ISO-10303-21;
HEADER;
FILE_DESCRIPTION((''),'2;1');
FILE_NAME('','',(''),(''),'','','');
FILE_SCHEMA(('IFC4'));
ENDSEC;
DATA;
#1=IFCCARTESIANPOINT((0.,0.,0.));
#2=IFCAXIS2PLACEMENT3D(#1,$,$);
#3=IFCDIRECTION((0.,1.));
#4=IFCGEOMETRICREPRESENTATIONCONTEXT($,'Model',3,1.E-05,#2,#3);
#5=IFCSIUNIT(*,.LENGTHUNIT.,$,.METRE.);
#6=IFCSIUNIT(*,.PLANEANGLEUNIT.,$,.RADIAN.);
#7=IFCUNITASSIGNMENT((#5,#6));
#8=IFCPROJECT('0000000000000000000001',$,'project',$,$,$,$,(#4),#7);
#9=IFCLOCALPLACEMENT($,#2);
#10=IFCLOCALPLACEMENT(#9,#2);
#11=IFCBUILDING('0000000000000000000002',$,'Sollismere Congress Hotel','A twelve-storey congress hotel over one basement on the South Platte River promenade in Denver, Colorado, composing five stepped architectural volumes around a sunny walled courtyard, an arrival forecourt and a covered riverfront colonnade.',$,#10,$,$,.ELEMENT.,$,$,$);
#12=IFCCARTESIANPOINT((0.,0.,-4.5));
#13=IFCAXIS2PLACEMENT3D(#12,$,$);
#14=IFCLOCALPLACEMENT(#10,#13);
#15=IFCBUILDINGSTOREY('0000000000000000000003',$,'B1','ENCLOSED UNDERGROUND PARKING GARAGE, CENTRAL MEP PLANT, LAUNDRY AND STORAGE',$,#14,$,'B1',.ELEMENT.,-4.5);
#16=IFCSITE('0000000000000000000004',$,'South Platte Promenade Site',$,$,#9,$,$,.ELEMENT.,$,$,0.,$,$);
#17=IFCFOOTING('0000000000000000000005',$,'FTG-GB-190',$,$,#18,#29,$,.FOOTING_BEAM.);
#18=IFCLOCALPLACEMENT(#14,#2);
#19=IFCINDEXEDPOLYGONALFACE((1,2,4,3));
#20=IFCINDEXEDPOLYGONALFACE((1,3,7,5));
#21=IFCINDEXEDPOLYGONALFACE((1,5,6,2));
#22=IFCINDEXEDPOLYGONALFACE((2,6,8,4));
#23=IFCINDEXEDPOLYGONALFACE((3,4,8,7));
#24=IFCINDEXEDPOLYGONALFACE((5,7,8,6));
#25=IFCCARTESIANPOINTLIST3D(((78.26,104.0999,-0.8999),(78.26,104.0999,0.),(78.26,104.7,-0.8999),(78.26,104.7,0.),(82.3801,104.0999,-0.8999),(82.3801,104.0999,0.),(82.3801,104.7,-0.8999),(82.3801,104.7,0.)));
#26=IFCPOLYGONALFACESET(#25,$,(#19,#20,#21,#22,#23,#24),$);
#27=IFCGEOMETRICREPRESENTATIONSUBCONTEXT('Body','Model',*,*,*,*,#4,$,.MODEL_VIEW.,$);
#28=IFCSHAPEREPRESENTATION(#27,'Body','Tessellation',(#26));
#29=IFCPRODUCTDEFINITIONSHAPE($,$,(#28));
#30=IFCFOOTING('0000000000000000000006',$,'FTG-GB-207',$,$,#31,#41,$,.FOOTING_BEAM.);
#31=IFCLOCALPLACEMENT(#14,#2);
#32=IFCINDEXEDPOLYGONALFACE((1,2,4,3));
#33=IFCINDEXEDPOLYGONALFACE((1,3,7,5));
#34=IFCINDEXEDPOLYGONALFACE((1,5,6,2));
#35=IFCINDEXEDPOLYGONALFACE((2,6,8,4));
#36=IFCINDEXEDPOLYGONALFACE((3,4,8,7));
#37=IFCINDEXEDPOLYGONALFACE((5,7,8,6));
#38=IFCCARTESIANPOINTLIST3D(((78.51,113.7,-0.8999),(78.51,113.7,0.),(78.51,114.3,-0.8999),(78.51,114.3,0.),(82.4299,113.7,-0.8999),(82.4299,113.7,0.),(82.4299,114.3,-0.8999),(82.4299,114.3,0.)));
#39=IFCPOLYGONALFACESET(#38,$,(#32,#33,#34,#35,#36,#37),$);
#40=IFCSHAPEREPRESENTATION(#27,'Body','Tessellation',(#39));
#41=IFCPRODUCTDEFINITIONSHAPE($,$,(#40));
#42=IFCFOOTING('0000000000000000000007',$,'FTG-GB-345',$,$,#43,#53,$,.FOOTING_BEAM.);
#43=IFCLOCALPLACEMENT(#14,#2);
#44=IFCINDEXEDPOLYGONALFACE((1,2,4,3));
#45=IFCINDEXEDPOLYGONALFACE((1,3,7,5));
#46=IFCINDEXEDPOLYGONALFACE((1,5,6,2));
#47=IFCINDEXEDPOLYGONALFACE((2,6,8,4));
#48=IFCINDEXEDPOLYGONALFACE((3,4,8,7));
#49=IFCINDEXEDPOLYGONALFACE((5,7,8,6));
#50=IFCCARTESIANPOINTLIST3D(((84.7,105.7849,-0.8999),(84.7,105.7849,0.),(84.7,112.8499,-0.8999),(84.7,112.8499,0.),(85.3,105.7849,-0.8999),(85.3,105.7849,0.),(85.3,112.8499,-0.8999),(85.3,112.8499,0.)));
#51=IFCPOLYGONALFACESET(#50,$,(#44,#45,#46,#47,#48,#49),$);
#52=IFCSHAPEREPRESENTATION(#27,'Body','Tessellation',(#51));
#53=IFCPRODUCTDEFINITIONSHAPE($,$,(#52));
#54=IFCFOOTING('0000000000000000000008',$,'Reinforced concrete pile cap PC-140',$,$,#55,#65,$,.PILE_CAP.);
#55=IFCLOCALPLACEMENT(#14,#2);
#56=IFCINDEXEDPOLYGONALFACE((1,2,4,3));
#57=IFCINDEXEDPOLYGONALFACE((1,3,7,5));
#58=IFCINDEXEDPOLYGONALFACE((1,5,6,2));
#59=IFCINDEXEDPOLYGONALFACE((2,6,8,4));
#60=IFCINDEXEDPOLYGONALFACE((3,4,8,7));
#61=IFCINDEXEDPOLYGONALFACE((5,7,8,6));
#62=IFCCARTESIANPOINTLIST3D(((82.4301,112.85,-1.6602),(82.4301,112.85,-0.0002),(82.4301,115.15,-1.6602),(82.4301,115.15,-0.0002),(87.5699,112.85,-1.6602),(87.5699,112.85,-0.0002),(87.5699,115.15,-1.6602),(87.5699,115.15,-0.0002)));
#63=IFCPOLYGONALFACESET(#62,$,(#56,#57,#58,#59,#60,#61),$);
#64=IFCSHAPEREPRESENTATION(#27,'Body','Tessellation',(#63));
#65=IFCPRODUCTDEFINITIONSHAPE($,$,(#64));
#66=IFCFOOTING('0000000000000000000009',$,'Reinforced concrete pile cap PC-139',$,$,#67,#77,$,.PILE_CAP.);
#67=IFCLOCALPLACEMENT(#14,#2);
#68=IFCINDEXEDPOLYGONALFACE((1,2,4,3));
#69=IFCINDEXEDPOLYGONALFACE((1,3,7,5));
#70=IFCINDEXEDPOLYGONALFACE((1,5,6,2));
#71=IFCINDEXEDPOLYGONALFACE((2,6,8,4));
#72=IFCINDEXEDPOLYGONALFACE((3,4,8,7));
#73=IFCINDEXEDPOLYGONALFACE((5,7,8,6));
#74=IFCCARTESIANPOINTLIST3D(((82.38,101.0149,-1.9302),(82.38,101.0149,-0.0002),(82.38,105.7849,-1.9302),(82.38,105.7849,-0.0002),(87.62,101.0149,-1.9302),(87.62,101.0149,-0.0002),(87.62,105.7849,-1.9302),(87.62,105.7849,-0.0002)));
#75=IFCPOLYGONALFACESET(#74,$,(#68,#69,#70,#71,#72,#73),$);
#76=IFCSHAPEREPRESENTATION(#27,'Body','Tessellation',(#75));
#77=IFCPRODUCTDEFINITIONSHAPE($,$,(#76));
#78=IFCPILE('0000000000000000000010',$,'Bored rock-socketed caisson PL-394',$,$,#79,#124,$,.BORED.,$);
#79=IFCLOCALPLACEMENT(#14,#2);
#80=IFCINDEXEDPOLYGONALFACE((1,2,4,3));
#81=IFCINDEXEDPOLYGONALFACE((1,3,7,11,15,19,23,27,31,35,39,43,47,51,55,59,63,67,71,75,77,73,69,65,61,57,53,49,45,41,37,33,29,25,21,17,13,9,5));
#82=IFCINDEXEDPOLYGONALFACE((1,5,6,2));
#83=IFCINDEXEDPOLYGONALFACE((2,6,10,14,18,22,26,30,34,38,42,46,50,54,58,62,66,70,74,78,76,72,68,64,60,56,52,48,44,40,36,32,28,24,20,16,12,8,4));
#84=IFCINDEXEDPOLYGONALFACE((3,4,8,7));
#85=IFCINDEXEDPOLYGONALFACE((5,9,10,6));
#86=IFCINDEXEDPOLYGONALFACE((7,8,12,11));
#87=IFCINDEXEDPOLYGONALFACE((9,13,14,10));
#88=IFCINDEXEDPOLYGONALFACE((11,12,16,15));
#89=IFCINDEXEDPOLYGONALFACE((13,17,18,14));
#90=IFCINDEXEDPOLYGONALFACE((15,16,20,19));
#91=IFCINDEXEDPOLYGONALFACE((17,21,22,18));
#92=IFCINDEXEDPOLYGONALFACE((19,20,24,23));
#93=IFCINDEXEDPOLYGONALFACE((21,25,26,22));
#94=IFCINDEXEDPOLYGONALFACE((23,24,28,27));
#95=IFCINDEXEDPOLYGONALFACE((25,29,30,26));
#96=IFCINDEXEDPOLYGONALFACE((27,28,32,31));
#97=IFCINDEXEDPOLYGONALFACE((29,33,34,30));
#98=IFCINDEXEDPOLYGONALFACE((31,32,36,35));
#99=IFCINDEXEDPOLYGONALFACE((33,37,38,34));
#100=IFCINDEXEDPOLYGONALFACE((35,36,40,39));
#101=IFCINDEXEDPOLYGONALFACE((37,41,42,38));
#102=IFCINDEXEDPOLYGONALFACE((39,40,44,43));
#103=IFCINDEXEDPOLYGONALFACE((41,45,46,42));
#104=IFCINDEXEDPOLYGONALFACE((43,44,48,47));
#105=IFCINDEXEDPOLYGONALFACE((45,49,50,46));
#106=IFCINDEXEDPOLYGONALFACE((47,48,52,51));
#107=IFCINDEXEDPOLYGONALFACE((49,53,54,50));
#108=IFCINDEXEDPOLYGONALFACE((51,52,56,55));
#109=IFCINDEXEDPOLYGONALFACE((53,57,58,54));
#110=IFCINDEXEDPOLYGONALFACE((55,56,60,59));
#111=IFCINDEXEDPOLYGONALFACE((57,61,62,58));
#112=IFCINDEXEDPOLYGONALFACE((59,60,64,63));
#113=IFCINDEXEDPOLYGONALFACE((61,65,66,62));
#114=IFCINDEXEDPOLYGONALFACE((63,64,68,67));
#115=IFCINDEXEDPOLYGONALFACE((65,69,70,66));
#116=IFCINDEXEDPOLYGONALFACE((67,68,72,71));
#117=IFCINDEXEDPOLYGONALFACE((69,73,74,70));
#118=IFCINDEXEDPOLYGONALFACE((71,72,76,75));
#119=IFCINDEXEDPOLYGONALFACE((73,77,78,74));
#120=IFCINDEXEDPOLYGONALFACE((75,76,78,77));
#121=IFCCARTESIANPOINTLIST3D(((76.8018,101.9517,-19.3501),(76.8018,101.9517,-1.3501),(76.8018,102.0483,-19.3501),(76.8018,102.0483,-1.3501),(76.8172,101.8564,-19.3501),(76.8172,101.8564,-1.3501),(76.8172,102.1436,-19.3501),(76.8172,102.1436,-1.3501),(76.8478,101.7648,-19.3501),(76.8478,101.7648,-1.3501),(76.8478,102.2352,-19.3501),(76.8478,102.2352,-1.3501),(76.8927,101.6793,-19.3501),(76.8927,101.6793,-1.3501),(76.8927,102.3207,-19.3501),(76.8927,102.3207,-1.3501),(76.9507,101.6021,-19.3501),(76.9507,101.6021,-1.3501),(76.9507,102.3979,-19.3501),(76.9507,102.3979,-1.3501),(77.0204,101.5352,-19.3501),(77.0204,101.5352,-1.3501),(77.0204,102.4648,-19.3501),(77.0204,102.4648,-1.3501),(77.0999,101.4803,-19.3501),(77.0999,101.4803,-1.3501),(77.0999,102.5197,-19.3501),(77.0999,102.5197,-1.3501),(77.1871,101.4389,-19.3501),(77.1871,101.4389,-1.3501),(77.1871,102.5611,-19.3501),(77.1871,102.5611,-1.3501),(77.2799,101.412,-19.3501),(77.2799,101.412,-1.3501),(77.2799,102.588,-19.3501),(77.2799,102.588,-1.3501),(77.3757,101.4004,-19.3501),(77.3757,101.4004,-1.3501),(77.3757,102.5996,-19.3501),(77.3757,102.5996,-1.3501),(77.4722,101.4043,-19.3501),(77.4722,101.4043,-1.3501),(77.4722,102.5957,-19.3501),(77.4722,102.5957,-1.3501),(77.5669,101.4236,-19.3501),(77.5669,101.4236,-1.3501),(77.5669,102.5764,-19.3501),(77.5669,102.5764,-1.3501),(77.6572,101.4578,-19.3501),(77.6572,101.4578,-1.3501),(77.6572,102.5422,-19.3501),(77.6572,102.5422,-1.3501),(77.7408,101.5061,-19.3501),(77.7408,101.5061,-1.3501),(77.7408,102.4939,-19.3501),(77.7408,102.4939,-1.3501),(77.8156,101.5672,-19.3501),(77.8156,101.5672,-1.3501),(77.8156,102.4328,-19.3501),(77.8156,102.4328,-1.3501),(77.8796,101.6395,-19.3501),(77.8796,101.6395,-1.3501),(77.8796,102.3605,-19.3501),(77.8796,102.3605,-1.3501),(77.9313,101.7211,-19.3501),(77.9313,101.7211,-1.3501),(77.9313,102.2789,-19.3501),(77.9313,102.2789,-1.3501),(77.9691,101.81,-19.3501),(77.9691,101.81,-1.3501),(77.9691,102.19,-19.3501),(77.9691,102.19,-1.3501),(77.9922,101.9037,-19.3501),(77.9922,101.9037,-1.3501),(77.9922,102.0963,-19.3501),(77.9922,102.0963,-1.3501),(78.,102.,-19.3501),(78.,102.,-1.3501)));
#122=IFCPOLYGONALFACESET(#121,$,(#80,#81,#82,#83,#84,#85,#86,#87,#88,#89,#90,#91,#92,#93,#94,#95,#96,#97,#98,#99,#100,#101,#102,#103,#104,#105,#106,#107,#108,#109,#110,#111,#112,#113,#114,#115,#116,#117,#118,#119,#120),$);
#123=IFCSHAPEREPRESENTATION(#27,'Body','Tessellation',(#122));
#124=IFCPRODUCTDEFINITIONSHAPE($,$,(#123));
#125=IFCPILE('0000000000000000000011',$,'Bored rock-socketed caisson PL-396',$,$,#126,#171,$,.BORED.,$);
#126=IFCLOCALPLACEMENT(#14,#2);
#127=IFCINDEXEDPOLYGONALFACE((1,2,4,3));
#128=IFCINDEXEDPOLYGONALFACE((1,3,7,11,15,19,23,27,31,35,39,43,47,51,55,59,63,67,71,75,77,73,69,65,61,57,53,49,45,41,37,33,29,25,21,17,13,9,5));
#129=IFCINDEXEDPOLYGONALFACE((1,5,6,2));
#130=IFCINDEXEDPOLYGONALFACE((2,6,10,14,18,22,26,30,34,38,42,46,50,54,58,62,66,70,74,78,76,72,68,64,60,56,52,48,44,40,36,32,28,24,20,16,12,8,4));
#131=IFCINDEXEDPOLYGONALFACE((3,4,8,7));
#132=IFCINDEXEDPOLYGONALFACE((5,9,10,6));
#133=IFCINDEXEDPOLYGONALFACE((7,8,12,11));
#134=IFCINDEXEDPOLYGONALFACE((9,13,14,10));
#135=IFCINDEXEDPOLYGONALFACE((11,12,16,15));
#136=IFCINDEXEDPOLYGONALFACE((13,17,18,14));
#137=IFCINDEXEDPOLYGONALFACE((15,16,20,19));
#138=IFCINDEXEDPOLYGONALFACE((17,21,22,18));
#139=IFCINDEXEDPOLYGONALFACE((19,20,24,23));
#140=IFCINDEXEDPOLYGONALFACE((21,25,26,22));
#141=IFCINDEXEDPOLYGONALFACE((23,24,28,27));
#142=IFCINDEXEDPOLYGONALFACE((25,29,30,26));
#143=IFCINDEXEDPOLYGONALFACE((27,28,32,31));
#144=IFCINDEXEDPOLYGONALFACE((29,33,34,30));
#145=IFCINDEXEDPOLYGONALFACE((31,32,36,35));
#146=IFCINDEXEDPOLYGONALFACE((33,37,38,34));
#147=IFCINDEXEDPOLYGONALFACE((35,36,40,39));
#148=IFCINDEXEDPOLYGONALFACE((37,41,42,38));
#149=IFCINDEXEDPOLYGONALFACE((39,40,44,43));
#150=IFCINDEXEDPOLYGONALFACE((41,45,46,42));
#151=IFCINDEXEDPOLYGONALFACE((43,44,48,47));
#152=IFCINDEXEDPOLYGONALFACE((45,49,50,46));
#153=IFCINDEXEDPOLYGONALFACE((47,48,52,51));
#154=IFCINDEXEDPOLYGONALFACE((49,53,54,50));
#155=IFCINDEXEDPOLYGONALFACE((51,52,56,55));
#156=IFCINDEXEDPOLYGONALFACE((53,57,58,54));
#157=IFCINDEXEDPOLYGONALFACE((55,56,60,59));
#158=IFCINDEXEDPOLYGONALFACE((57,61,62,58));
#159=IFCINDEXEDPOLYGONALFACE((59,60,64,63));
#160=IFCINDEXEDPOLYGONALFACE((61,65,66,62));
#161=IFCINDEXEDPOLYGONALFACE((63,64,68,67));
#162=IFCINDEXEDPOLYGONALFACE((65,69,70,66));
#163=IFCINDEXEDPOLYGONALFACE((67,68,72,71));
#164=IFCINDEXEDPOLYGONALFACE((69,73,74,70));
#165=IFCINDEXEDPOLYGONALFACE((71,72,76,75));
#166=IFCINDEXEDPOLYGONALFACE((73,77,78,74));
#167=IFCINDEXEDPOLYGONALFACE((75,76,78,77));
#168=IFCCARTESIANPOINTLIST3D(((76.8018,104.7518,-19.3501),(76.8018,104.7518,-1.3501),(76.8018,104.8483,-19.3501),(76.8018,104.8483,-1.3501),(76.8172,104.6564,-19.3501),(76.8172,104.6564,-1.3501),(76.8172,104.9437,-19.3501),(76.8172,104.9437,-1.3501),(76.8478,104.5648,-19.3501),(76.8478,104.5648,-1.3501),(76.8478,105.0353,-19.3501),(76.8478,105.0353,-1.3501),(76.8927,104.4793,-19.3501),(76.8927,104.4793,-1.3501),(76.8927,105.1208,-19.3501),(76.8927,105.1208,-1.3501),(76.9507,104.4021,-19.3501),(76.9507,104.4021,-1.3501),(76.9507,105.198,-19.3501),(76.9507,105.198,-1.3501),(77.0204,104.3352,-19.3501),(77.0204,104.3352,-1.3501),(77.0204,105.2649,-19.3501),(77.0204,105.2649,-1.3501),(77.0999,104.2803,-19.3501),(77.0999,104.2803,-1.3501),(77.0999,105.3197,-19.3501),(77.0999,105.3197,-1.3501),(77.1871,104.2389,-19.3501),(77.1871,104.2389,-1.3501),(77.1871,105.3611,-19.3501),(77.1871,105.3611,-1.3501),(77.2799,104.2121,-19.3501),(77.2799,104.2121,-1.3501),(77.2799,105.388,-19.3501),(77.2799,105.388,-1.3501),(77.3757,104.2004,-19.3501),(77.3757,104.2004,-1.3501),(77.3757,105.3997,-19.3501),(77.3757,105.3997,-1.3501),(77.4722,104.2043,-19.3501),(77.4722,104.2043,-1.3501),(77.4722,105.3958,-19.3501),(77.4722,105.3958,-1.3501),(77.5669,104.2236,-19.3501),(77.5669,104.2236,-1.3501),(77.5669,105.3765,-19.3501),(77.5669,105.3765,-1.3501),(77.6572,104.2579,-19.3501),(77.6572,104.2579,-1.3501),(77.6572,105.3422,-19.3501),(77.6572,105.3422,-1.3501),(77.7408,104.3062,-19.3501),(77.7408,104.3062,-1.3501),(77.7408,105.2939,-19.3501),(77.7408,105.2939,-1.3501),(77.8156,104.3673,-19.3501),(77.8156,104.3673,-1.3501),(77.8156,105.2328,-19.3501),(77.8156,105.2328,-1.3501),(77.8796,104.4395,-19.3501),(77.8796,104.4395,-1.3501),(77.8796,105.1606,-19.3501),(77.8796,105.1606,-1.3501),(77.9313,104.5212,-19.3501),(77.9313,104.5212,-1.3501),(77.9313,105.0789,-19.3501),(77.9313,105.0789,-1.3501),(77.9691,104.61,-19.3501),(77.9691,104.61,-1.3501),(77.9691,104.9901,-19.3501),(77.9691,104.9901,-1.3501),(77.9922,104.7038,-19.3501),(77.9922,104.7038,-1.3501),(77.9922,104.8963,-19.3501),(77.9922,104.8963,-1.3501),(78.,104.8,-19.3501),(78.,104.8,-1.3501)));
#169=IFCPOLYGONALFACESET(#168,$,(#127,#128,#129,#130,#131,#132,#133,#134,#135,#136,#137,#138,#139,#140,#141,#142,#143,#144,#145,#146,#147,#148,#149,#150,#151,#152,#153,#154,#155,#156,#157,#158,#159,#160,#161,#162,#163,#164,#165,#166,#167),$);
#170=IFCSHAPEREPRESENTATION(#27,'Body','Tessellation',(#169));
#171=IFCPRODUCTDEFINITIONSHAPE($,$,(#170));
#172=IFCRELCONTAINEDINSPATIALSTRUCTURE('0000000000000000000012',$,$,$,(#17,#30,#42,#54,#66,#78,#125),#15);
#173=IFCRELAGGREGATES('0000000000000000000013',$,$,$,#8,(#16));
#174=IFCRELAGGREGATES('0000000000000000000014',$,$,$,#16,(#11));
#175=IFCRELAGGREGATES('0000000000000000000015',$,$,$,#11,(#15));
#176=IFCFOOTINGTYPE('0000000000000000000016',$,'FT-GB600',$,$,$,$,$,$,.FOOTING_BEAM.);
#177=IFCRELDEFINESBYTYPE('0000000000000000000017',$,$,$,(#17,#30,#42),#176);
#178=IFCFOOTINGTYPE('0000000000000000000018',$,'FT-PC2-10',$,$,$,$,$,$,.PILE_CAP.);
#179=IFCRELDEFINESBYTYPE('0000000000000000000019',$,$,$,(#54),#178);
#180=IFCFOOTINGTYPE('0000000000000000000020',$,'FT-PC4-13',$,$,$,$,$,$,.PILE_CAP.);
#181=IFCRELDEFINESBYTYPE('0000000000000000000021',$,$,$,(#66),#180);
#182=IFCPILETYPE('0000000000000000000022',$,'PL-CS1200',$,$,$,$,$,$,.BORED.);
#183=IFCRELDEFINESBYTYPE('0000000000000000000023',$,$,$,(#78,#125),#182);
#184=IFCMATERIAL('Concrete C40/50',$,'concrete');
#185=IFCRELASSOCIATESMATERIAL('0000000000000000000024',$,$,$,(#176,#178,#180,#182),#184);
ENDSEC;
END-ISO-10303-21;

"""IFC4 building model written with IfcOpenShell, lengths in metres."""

from ifc_helpers import new_model, si_unit, direction, frame, origin, origin_2d, place, context, subcontext, project, spatial, rectangle, circle, extrude, material, material_profile, profile_set, type_object, element, save


model = new_model("IFC4")

# Units and contexts
model_context = context("Model", 3, precision=1e-05, world=origin(), true_north=direction((0.0, 1.0)))
body_context = subcontext(model_context, "Body", "Model", "MODEL_VIEW")
ifc_project = project(units=[si_unit("LENGTHUNIT", "METRE"), si_unit("PLANEANGLEUNIT", "RADIAN")], contexts=[model_context])

# Site, building, storey
site_placement = place(None, origin())
site = spatial("IfcSite", under=ifc_project, at=site_placement, Name="South Platte Promenade Site", CompositionType="ELEMENT", RefElevation=0.0)
building_placement = place(site_placement, origin())
building = spatial("IfcBuilding", under=site, at=building_placement, Name="Sollismere Congress Hotel", Description="A twelve-storey congress hotel over one basement on the South Platte River promenade in Denver, Colorado, composing five stepped architectural volumes around a sunny walled courtyard, an arrival forecourt and a covered riverfront colonnade.", CompositionType="ELEMENT")
storey_placement = place(building_placement, frame((0.0, 0.0, -4.5)))
storey = spatial("IfcBuildingStorey", under=building, at=storey_placement, Name="B1", Description="ENCLOSED UNDERGROUND PARKING GARAGE, CENTRAL MEP PLANT, LAUNDRY AND STORAGE", LongName="B1", CompositionType="ELEMENT", Elevation=-4.5)

# Footings
ifc_material_1 = material(Name="Concrete C40/50", Category="concrete")
footing_type_1 = type_object("IfcFootingType", Name="FT-GB600", PredefinedType="FOOTING_BEAM", material=ifc_material_1)
footing_1_placement = place(storey_placement, frame((80.3201, 104.3999, -0.8999), z_axis=(0.0, 0.0, 1.0), x_axis=(1.0, 0.0, 0.0)))
element("IfcFooting", 1, at=footing_1_placement, inside=storey, type_object=footing_type_1, Name="FTG-GB-190", PredefinedType="FOOTING_BEAM", context=body_context, shape_type="SweptSolid", body=[
    extrude(rectangle(XDim=4.1201, YDim=0.6001, at=origin_2d()), origin(), (0.0, 0.0, 1.0), 0.8999),
])
footing_2_placement = place(storey_placement, frame((80.47, 114.0, -0.8999), z_axis=(0.0, 0.0, 1.0), x_axis=(1.0, 0.0, 0.0)))
element("IfcFooting", 2, at=footing_2_placement, inside=storey, type_object=footing_type_1, Name="FTG-GB-207", PredefinedType="FOOTING_BEAM", context=body_context, shape_type="SweptSolid", body=[
    extrude(rectangle(XDim=3.9199, YDim=0.6001, at=origin_2d()), origin(), (0.0, 0.0, 1.0), 0.8999),
])
footing_3_placement = place(storey_placement, frame((85.0, 109.3174, -0.8999), z_axis=(0.0, 0.0, 1.0), x_axis=(0.0, 1.0, 0.0)))
element("IfcFooting", 3, at=footing_3_placement, inside=storey, type_object=footing_type_1, Name="FTG-GB-345", PredefinedType="FOOTING_BEAM", context=body_context, shape_type="SweptSolid", body=[
    extrude(rectangle(XDim=7.0649, YDim=0.6001, at=origin_2d()), origin(), (0.0, 0.0, 1.0), 0.8999),
])
footing_type_2 = type_object("IfcFootingType", Name="FT-PC2-10", PredefinedType="PILE_CAP", material=ifc_material_1)
footing_4_placement = place(storey_placement, frame((85.0, 114.0, -1.6602), z_axis=(0.0, 0.0, 1.0), x_axis=(1.0, 0.0, 0.0)))
element("IfcFooting", 4, at=footing_4_placement, inside=storey, type_object=footing_type_2, Name="Reinforced concrete pile cap PC-140", PredefinedType="PILE_CAP", context=body_context, shape_type="SweptSolid", body=[
    extrude(rectangle(XDim=5.1399, YDim=2.3, at=origin_2d()), origin(), (0.0, 0.0, 1.0), 1.6599),
])
footing_type_3 = type_object("IfcFootingType", Name="FT-PC4-13", PredefinedType="PILE_CAP", material=ifc_material_1)
footing_5_placement = place(storey_placement, frame((85.0, 103.3999, -1.9302), z_axis=(0.0, 0.0, 1.0), x_axis=(1.0, 0.0, 0.0)))
element("IfcFooting", 5, at=footing_5_placement, inside=storey, type_object=footing_type_3, Name="Reinforced concrete pile cap PC-139", PredefinedType="PILE_CAP", context=body_context, shape_type="SweptSolid", body=[
    extrude(rectangle(XDim=5.24, YDim=4.77, at=origin_2d()), origin(), (0.0, 0.0, 1.0), 1.9299),
])

# Piles
ifc_material_profile_1 = material_profile(ifc_material_1, circle(Radius=0.6001, at=origin_2d()), Name="CAISSON1200")
ifc_profile_set_1 = profile_set([ifc_material_profile_1], Name="Concrete C40/50")
pile_type = type_object("IfcPileType", Name="PL-CS1200", PredefinedType="BORED", material=ifc_profile_set_1)
for number, where, z_axis, x_axis, name in (
    (6, (77.3999, 102.0, -1.3501), (0.0, 0.0, -1.0), (1.0, 0.0, 0.0), "Bored rock-socketed caisson PL-394"),
    (7, (77.3999, 104.8, -1.3501), (0.0, 0.0, -1.0), (1.0, 0.0, 0.0), "Bored rock-socketed caisson PL-396"),
):
    element("IfcPile", number, at=place(storey_placement, frame(where, z_axis=z_axis, x_axis=x_axis)), inside=storey, type_object=pile_type, Name=name, PredefinedType="BORED", context=body_context, shape_type="SweptSolid", body=[
        extrude(circle(Radius=0.6001, at=origin_2d()), origin(), (0.0, 0.0, 1.0), 18.0),
    ])

save(model, "model.ifc")
